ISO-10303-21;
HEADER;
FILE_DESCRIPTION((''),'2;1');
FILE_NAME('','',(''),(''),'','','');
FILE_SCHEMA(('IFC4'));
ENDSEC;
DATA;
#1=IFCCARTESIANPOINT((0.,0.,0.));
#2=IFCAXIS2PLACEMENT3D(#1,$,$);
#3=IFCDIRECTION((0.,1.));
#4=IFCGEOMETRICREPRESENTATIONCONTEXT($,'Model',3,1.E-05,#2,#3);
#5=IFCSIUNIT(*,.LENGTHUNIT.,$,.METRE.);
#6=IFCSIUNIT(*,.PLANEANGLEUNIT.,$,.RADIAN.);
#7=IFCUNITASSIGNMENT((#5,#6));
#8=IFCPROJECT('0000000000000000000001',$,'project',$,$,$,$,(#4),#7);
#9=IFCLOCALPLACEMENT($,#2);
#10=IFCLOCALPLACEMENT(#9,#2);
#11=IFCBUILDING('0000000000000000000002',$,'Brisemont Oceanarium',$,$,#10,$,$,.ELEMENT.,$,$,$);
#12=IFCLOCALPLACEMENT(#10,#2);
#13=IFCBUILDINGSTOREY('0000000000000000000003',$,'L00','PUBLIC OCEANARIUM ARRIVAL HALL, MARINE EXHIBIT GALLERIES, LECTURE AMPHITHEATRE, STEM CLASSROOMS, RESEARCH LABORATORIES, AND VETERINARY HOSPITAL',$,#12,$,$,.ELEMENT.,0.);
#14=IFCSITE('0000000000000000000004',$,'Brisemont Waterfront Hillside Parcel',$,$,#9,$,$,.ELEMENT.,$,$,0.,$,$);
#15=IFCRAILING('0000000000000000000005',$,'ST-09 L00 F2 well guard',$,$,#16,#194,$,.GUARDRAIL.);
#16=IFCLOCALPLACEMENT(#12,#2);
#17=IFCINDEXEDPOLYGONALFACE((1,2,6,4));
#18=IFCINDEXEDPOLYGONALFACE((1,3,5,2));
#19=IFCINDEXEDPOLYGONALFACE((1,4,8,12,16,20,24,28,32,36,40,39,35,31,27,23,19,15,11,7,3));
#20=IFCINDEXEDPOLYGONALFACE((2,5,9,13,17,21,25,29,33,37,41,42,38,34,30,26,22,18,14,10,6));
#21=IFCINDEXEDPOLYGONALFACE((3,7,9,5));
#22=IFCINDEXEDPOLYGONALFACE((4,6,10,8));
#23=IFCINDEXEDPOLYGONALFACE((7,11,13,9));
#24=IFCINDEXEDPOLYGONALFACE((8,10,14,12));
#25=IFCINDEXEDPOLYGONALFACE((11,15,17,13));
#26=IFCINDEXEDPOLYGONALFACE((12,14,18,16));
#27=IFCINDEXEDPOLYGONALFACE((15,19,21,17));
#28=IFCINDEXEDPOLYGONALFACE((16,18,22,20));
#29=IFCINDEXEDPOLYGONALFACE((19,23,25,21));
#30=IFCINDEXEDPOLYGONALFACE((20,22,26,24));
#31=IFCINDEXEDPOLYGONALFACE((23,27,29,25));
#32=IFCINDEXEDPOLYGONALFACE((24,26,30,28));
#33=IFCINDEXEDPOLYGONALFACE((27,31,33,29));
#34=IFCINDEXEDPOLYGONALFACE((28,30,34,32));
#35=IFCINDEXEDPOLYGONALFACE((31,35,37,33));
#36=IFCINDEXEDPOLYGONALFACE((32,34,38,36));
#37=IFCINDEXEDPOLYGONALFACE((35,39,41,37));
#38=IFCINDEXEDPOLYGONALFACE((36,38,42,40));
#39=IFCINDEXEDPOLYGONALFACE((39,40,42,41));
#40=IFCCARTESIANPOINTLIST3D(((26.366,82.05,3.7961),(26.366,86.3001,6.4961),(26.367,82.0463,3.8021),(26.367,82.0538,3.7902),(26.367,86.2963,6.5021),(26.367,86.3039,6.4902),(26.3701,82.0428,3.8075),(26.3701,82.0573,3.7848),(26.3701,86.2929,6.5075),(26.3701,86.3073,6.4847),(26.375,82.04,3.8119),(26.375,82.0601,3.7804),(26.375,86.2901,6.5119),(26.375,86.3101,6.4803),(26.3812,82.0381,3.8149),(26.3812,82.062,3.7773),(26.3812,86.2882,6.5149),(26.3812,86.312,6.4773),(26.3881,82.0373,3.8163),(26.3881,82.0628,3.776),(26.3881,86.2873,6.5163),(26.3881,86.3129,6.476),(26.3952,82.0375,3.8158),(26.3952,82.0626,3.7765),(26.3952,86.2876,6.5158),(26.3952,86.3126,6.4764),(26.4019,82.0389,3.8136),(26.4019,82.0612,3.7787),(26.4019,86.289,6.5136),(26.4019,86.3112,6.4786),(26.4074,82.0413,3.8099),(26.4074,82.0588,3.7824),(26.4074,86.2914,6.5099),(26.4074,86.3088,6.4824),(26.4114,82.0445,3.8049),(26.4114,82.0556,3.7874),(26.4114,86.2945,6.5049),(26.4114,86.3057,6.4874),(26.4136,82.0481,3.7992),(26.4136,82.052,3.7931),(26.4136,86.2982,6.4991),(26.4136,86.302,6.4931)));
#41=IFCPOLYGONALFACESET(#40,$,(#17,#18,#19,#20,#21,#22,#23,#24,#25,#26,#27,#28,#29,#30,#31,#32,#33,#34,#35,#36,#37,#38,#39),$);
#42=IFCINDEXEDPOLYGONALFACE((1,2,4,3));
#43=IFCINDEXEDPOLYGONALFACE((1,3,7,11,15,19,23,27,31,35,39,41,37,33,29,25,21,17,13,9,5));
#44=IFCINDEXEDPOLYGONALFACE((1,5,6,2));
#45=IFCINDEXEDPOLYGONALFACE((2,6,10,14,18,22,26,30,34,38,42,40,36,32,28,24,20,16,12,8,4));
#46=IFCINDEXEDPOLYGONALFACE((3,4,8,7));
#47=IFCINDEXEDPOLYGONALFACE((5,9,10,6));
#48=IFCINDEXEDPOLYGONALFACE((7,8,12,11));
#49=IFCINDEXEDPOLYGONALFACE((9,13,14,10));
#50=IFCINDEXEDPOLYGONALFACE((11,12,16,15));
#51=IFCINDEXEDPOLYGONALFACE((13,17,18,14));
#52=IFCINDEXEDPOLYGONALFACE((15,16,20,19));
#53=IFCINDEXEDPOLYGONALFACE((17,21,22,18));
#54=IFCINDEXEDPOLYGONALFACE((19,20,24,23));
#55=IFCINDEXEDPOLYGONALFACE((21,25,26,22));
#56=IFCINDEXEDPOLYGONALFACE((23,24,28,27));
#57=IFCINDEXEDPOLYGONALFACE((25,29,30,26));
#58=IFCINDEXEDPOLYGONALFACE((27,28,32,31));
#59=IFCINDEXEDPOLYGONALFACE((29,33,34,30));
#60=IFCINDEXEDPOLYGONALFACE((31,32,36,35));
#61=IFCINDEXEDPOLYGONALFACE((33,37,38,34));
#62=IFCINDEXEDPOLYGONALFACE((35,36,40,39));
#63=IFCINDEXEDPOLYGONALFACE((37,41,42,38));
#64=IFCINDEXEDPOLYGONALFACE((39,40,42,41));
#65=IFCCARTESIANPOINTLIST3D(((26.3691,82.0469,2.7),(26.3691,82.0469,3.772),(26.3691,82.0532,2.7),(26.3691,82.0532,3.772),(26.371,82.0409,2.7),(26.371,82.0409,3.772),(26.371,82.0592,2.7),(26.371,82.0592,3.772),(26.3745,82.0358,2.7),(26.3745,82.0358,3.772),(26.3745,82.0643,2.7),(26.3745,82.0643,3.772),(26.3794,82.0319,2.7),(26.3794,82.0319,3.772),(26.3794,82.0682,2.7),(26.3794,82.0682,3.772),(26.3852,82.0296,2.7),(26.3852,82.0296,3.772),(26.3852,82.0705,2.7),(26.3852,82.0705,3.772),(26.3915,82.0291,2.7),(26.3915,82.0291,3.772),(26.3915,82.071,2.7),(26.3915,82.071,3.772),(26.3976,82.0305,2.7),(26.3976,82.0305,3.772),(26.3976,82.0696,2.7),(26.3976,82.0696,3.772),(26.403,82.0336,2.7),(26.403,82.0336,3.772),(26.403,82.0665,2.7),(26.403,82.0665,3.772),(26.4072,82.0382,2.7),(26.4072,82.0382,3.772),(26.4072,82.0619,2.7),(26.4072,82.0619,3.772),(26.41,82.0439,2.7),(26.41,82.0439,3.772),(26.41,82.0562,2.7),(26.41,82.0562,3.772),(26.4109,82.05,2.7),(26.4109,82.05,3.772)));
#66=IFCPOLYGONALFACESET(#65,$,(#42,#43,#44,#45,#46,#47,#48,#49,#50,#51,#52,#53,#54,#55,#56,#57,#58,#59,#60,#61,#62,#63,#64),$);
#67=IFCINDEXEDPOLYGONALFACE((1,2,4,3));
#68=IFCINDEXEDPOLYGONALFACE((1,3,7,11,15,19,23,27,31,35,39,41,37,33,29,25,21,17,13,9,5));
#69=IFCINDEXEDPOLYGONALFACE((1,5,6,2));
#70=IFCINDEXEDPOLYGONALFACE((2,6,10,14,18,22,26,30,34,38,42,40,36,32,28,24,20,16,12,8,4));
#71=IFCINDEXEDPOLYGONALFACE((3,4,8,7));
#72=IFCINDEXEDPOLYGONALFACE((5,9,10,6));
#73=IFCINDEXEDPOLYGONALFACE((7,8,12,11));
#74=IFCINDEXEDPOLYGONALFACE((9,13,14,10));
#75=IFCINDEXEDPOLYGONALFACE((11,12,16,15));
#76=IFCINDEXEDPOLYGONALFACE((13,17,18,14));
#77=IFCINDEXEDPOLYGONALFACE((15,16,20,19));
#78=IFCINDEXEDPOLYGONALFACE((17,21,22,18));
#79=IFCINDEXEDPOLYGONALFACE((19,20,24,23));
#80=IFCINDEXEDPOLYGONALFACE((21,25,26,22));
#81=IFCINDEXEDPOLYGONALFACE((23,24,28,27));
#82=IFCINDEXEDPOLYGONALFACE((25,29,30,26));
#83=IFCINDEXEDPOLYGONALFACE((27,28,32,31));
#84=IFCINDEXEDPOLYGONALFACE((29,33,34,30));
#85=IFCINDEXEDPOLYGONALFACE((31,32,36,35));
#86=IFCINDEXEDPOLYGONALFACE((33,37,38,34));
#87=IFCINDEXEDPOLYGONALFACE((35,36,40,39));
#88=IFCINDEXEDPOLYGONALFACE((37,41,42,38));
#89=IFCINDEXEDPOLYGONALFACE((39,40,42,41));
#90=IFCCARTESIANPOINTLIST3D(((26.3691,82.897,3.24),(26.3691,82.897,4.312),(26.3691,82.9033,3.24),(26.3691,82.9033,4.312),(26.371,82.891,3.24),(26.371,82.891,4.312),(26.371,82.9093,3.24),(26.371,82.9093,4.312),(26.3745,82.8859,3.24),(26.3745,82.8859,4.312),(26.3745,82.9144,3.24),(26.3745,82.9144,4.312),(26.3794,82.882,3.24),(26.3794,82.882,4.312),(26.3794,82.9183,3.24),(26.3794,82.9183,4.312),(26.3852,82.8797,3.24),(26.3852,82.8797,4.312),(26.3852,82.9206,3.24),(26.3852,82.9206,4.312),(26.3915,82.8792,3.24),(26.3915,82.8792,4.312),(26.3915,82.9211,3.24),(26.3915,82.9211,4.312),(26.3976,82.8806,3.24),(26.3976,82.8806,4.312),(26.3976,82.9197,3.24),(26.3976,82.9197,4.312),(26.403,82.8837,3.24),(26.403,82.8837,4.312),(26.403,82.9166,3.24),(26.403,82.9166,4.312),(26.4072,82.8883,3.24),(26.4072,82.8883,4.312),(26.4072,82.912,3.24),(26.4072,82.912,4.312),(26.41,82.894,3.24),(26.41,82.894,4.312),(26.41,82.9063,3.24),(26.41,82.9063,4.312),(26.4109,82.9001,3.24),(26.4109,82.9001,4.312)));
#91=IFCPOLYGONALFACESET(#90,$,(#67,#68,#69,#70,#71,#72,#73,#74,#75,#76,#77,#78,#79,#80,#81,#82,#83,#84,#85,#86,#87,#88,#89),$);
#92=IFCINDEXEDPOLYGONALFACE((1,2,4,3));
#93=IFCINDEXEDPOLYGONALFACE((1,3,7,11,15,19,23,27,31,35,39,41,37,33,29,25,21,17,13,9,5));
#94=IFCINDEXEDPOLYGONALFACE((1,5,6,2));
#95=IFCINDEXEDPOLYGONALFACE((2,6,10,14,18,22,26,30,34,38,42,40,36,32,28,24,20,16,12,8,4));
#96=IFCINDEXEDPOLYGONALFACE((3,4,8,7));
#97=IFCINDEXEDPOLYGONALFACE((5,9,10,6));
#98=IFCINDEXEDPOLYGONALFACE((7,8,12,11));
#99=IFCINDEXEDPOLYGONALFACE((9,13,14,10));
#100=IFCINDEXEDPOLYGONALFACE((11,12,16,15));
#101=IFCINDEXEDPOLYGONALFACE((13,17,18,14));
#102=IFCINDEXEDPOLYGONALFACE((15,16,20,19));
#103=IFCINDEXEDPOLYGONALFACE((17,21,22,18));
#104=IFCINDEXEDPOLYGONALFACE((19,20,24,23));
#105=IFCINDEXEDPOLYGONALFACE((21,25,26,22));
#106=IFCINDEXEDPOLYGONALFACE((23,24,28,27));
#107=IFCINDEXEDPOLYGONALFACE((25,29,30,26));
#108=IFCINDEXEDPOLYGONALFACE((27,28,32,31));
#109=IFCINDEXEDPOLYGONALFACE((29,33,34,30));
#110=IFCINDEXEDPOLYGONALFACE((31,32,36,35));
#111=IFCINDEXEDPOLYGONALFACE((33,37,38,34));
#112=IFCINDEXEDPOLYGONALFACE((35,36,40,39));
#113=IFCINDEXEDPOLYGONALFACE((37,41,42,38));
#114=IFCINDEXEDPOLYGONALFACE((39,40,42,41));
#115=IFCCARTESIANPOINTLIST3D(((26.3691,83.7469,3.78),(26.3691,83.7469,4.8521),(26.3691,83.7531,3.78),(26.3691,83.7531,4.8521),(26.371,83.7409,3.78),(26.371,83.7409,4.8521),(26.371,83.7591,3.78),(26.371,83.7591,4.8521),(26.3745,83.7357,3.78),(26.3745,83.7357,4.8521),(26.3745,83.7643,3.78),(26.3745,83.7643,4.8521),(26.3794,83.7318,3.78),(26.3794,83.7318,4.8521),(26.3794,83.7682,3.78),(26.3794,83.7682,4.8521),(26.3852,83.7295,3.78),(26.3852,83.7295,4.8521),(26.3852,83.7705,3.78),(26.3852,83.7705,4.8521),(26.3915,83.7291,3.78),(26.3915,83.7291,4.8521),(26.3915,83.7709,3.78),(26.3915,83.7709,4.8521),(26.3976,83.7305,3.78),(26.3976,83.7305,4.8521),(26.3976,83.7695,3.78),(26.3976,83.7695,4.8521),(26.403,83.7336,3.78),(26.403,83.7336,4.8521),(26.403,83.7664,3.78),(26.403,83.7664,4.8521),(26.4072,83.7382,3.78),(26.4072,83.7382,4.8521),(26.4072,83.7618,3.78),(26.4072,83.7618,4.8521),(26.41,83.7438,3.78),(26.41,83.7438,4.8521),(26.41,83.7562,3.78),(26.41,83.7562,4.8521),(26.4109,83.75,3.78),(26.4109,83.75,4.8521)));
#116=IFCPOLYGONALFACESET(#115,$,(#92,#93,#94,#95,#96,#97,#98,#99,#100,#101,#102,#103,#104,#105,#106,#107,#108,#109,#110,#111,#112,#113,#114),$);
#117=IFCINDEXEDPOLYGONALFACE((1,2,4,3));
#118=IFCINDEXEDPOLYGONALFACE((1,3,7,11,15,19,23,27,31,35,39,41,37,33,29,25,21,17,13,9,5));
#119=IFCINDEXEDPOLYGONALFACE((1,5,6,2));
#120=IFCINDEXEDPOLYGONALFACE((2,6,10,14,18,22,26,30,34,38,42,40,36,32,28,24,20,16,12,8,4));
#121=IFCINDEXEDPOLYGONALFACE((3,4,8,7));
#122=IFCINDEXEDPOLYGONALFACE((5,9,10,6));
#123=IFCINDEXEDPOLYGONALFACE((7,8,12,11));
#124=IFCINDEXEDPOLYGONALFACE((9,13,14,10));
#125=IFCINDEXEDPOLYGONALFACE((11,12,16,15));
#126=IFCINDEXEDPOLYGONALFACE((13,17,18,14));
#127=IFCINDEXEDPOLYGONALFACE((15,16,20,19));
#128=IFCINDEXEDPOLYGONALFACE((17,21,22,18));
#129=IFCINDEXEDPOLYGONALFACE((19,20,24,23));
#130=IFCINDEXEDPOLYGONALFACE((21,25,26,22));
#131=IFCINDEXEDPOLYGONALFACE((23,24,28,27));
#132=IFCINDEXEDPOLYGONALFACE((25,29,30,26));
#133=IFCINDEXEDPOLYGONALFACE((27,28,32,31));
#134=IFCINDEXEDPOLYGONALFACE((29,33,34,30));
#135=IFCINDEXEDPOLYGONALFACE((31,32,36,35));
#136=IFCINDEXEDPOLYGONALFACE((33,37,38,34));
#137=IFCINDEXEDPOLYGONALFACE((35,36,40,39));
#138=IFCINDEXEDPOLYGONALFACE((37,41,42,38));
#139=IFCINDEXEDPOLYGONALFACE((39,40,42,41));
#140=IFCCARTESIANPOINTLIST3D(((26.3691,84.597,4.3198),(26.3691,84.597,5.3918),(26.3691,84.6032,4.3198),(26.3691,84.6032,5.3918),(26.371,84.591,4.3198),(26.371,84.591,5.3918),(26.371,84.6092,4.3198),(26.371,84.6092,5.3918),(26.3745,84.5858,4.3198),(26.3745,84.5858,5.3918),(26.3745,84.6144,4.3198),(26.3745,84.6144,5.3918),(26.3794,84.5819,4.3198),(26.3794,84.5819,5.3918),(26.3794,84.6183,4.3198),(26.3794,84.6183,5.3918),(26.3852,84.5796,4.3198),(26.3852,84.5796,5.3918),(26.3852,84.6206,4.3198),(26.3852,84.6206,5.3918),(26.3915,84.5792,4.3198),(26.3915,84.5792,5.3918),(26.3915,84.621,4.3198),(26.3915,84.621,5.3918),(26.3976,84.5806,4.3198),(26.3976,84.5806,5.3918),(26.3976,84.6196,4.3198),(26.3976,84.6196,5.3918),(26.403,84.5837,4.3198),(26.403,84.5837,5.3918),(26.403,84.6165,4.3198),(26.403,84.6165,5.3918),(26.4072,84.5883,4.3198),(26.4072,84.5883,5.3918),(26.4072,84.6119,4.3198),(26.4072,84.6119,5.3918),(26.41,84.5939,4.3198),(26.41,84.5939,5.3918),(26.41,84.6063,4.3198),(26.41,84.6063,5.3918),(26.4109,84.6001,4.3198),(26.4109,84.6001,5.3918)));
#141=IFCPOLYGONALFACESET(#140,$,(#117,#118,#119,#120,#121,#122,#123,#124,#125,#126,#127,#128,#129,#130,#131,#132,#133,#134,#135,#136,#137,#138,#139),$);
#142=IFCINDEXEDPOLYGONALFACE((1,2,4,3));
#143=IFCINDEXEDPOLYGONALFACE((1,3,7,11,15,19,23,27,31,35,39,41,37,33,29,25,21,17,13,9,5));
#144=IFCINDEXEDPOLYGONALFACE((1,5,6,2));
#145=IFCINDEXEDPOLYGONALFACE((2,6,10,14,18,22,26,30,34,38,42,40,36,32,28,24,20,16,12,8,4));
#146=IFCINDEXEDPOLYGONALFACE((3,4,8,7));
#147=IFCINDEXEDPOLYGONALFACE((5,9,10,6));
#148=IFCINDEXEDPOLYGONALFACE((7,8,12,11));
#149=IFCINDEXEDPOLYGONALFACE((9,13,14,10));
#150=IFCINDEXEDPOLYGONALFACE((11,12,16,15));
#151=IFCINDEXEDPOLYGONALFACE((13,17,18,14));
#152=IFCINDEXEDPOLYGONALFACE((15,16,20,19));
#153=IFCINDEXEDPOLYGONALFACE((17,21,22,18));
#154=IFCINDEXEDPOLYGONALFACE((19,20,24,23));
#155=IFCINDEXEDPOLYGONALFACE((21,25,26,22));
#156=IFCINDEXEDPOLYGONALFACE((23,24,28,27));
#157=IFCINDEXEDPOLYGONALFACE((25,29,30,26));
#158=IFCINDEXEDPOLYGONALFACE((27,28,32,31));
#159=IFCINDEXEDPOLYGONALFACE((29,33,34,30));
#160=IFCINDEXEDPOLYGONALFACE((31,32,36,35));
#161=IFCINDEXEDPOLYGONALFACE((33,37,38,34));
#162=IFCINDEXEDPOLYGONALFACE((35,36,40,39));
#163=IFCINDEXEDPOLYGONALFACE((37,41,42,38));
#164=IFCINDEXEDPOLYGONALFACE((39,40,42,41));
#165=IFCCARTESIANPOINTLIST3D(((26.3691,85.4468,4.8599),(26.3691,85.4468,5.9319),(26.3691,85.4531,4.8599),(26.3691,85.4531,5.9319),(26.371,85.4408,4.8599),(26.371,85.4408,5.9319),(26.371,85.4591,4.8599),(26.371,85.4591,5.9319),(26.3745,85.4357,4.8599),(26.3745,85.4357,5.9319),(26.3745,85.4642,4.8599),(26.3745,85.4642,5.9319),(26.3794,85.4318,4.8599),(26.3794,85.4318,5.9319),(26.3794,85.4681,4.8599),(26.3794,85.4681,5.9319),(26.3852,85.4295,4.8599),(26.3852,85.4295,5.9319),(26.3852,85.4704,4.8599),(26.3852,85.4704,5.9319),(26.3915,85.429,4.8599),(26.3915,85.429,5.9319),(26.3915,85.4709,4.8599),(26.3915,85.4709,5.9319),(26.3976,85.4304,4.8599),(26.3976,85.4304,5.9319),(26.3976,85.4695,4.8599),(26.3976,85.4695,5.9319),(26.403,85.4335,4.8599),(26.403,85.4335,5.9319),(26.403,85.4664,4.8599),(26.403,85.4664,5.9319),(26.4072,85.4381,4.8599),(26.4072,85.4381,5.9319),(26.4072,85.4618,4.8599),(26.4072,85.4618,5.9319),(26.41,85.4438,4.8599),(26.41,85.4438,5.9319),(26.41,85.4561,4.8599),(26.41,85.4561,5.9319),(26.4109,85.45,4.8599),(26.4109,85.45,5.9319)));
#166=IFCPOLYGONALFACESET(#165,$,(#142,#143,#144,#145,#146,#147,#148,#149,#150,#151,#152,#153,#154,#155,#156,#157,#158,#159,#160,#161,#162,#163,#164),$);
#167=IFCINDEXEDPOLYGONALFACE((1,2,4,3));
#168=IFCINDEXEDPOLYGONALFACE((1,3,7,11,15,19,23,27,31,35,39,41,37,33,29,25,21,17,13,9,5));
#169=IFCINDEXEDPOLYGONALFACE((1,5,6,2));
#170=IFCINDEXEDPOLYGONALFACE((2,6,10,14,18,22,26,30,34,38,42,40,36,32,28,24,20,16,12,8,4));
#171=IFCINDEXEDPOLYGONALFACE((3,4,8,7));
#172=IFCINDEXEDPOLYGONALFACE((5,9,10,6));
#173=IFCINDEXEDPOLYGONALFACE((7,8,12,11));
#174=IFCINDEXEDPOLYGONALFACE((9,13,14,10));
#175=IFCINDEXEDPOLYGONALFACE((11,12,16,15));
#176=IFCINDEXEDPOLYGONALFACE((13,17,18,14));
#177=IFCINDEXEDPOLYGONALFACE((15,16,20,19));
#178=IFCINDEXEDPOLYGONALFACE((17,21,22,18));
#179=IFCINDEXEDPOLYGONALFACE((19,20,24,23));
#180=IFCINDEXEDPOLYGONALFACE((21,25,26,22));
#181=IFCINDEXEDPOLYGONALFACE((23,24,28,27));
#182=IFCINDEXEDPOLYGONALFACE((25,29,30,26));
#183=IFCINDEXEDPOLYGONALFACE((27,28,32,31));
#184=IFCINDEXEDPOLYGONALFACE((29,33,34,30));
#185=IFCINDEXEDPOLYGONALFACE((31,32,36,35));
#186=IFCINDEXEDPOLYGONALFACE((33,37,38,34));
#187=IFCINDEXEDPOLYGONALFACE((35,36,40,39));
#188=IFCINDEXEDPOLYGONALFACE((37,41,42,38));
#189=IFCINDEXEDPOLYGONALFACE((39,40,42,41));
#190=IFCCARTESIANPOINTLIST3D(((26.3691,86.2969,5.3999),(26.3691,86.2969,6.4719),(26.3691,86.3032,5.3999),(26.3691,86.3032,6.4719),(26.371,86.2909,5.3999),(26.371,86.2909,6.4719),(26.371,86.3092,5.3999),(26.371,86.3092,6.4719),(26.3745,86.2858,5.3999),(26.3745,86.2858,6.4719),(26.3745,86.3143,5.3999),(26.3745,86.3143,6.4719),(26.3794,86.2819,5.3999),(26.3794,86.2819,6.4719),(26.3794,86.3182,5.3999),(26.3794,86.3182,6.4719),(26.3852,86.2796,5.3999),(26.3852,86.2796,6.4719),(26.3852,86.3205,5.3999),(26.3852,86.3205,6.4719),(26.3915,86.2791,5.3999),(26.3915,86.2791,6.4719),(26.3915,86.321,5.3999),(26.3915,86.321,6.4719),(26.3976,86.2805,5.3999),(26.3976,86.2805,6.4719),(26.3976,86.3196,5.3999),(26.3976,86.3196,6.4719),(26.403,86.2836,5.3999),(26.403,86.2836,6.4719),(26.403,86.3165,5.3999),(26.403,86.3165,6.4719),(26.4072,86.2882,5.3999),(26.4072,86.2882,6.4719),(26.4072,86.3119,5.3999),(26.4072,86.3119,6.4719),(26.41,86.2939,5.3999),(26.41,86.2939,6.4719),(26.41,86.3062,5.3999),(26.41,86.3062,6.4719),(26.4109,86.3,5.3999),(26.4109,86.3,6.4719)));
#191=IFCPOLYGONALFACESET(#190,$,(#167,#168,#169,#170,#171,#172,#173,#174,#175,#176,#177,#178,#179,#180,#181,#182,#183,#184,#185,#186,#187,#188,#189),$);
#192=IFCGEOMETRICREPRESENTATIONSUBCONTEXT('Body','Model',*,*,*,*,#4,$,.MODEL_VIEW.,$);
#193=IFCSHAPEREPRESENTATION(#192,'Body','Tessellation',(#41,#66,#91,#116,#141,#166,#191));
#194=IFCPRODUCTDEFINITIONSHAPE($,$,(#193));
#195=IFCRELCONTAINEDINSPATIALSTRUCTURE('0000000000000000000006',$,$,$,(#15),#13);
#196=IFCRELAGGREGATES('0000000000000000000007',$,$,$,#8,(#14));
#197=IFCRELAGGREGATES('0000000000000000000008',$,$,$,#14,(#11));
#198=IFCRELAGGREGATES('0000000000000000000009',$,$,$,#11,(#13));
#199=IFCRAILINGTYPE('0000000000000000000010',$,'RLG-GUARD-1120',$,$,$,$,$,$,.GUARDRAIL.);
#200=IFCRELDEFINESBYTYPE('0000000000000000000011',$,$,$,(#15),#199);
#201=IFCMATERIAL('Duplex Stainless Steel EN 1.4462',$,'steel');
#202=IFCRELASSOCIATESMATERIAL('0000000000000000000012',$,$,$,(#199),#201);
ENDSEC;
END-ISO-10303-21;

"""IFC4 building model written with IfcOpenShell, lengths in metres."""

from ifc_helpers import new_model, si_unit, direction, frame, origin, origin_2d, place, context, subcontext, project, spatial, circle, extrude, material, type_object, element, save


model = new_model("IFC4")

# Units and contexts
model_context = context("Model", 3, precision=1e-05, world=origin(), true_north=direction((0.0, 1.0)))
body_context = subcontext(model_context, "Body", "Model", "MODEL_VIEW")
ifc_project = project(units=[si_unit("LENGTHUNIT", "METRE"), si_unit("PLANEANGLEUNIT", "RADIAN")], contexts=[model_context])

# Site, building, storey
site_placement = place(None, origin())
site = spatial("IfcSite", under=ifc_project, at=site_placement, Name="Brisemont Waterfront Hillside Parcel", CompositionType="ELEMENT", RefElevation=0.0)
building_placement = place(site_placement, origin())
building = spatial("IfcBuilding", under=site, at=building_placement, Name="Brisemont Oceanarium", CompositionType="ELEMENT")
storey_placement = place(building_placement, origin())
storey = spatial("IfcBuildingStorey", under=building, at=storey_placement, Name="L00", Description="PUBLIC OCEANARIUM ARRIVAL HALL, MARINE EXHIBIT GALLERIES, LECTURE AMPHITHEATRE, STEM CLASSROOMS, RESEARCH LABORATORIES, AND VETERINARY HOSPITAL", CompositionType="ELEMENT", Elevation=0.0)

# Railing
ifc_material_1 = material(Name="Duplex Stainless Steel EN 1.4462", Category="steel")
railing_type_1 = type_object("IfcRailingType", Name="RLG-GUARD-1120", PredefinedType="GUARDRAIL", material=ifc_material_1)
railing_1_placement = place(storey_placement, frame((26.3899, 82.05, 2.7)))
element("IfcRailing", 1, at=railing_1_placement, inside=storey, type_object=railing_type_1, Name="ST-09 L00 F2 well guard", PredefinedType="GUARDRAIL", context=body_context, shape_type="SweptSolid", body=[
    extrude(circle(Radius=0.0239, at=origin_2d()), frame((0.0, 0.0, 1.0962), z_axis=(0.0, 0.844075, 0.536226), x_axis=(-1.0, 0.0, 0.0)), (0.0, 0.0, 1.0), 5.0352),
    extrude(circle(Radius=0.021, at=origin_2d()), origin(), (0.0, 0.0, 1.0), 1.072),
    extrude(circle(Radius=0.021, at=origin_2d()), frame((0.0, 0.8501, 0.54)), (0.0, 0.0, 1.0), 1.072),
    extrude(circle(Radius=0.021, at=origin_2d()), frame((0.0, 1.7, 1.0801)), (0.0, 0.0, 1.0), 1.072),
    extrude(circle(Radius=0.021, at=origin_2d()), frame((0.0, 2.55, 1.6199)), (0.0, 0.0, 1.0), 1.072),
    extrude(circle(Radius=0.021, at=origin_2d()), frame((0.0, 3.3999, 2.1599)), (0.0, 0.0, 1.0), 1.072),
    extrude(circle(Radius=0.021, at=origin_2d()), frame((0.0, 4.25, 2.7)), (0.0, 0.0, 1.0), 1.072),
])

save(model, "model.ifc")
